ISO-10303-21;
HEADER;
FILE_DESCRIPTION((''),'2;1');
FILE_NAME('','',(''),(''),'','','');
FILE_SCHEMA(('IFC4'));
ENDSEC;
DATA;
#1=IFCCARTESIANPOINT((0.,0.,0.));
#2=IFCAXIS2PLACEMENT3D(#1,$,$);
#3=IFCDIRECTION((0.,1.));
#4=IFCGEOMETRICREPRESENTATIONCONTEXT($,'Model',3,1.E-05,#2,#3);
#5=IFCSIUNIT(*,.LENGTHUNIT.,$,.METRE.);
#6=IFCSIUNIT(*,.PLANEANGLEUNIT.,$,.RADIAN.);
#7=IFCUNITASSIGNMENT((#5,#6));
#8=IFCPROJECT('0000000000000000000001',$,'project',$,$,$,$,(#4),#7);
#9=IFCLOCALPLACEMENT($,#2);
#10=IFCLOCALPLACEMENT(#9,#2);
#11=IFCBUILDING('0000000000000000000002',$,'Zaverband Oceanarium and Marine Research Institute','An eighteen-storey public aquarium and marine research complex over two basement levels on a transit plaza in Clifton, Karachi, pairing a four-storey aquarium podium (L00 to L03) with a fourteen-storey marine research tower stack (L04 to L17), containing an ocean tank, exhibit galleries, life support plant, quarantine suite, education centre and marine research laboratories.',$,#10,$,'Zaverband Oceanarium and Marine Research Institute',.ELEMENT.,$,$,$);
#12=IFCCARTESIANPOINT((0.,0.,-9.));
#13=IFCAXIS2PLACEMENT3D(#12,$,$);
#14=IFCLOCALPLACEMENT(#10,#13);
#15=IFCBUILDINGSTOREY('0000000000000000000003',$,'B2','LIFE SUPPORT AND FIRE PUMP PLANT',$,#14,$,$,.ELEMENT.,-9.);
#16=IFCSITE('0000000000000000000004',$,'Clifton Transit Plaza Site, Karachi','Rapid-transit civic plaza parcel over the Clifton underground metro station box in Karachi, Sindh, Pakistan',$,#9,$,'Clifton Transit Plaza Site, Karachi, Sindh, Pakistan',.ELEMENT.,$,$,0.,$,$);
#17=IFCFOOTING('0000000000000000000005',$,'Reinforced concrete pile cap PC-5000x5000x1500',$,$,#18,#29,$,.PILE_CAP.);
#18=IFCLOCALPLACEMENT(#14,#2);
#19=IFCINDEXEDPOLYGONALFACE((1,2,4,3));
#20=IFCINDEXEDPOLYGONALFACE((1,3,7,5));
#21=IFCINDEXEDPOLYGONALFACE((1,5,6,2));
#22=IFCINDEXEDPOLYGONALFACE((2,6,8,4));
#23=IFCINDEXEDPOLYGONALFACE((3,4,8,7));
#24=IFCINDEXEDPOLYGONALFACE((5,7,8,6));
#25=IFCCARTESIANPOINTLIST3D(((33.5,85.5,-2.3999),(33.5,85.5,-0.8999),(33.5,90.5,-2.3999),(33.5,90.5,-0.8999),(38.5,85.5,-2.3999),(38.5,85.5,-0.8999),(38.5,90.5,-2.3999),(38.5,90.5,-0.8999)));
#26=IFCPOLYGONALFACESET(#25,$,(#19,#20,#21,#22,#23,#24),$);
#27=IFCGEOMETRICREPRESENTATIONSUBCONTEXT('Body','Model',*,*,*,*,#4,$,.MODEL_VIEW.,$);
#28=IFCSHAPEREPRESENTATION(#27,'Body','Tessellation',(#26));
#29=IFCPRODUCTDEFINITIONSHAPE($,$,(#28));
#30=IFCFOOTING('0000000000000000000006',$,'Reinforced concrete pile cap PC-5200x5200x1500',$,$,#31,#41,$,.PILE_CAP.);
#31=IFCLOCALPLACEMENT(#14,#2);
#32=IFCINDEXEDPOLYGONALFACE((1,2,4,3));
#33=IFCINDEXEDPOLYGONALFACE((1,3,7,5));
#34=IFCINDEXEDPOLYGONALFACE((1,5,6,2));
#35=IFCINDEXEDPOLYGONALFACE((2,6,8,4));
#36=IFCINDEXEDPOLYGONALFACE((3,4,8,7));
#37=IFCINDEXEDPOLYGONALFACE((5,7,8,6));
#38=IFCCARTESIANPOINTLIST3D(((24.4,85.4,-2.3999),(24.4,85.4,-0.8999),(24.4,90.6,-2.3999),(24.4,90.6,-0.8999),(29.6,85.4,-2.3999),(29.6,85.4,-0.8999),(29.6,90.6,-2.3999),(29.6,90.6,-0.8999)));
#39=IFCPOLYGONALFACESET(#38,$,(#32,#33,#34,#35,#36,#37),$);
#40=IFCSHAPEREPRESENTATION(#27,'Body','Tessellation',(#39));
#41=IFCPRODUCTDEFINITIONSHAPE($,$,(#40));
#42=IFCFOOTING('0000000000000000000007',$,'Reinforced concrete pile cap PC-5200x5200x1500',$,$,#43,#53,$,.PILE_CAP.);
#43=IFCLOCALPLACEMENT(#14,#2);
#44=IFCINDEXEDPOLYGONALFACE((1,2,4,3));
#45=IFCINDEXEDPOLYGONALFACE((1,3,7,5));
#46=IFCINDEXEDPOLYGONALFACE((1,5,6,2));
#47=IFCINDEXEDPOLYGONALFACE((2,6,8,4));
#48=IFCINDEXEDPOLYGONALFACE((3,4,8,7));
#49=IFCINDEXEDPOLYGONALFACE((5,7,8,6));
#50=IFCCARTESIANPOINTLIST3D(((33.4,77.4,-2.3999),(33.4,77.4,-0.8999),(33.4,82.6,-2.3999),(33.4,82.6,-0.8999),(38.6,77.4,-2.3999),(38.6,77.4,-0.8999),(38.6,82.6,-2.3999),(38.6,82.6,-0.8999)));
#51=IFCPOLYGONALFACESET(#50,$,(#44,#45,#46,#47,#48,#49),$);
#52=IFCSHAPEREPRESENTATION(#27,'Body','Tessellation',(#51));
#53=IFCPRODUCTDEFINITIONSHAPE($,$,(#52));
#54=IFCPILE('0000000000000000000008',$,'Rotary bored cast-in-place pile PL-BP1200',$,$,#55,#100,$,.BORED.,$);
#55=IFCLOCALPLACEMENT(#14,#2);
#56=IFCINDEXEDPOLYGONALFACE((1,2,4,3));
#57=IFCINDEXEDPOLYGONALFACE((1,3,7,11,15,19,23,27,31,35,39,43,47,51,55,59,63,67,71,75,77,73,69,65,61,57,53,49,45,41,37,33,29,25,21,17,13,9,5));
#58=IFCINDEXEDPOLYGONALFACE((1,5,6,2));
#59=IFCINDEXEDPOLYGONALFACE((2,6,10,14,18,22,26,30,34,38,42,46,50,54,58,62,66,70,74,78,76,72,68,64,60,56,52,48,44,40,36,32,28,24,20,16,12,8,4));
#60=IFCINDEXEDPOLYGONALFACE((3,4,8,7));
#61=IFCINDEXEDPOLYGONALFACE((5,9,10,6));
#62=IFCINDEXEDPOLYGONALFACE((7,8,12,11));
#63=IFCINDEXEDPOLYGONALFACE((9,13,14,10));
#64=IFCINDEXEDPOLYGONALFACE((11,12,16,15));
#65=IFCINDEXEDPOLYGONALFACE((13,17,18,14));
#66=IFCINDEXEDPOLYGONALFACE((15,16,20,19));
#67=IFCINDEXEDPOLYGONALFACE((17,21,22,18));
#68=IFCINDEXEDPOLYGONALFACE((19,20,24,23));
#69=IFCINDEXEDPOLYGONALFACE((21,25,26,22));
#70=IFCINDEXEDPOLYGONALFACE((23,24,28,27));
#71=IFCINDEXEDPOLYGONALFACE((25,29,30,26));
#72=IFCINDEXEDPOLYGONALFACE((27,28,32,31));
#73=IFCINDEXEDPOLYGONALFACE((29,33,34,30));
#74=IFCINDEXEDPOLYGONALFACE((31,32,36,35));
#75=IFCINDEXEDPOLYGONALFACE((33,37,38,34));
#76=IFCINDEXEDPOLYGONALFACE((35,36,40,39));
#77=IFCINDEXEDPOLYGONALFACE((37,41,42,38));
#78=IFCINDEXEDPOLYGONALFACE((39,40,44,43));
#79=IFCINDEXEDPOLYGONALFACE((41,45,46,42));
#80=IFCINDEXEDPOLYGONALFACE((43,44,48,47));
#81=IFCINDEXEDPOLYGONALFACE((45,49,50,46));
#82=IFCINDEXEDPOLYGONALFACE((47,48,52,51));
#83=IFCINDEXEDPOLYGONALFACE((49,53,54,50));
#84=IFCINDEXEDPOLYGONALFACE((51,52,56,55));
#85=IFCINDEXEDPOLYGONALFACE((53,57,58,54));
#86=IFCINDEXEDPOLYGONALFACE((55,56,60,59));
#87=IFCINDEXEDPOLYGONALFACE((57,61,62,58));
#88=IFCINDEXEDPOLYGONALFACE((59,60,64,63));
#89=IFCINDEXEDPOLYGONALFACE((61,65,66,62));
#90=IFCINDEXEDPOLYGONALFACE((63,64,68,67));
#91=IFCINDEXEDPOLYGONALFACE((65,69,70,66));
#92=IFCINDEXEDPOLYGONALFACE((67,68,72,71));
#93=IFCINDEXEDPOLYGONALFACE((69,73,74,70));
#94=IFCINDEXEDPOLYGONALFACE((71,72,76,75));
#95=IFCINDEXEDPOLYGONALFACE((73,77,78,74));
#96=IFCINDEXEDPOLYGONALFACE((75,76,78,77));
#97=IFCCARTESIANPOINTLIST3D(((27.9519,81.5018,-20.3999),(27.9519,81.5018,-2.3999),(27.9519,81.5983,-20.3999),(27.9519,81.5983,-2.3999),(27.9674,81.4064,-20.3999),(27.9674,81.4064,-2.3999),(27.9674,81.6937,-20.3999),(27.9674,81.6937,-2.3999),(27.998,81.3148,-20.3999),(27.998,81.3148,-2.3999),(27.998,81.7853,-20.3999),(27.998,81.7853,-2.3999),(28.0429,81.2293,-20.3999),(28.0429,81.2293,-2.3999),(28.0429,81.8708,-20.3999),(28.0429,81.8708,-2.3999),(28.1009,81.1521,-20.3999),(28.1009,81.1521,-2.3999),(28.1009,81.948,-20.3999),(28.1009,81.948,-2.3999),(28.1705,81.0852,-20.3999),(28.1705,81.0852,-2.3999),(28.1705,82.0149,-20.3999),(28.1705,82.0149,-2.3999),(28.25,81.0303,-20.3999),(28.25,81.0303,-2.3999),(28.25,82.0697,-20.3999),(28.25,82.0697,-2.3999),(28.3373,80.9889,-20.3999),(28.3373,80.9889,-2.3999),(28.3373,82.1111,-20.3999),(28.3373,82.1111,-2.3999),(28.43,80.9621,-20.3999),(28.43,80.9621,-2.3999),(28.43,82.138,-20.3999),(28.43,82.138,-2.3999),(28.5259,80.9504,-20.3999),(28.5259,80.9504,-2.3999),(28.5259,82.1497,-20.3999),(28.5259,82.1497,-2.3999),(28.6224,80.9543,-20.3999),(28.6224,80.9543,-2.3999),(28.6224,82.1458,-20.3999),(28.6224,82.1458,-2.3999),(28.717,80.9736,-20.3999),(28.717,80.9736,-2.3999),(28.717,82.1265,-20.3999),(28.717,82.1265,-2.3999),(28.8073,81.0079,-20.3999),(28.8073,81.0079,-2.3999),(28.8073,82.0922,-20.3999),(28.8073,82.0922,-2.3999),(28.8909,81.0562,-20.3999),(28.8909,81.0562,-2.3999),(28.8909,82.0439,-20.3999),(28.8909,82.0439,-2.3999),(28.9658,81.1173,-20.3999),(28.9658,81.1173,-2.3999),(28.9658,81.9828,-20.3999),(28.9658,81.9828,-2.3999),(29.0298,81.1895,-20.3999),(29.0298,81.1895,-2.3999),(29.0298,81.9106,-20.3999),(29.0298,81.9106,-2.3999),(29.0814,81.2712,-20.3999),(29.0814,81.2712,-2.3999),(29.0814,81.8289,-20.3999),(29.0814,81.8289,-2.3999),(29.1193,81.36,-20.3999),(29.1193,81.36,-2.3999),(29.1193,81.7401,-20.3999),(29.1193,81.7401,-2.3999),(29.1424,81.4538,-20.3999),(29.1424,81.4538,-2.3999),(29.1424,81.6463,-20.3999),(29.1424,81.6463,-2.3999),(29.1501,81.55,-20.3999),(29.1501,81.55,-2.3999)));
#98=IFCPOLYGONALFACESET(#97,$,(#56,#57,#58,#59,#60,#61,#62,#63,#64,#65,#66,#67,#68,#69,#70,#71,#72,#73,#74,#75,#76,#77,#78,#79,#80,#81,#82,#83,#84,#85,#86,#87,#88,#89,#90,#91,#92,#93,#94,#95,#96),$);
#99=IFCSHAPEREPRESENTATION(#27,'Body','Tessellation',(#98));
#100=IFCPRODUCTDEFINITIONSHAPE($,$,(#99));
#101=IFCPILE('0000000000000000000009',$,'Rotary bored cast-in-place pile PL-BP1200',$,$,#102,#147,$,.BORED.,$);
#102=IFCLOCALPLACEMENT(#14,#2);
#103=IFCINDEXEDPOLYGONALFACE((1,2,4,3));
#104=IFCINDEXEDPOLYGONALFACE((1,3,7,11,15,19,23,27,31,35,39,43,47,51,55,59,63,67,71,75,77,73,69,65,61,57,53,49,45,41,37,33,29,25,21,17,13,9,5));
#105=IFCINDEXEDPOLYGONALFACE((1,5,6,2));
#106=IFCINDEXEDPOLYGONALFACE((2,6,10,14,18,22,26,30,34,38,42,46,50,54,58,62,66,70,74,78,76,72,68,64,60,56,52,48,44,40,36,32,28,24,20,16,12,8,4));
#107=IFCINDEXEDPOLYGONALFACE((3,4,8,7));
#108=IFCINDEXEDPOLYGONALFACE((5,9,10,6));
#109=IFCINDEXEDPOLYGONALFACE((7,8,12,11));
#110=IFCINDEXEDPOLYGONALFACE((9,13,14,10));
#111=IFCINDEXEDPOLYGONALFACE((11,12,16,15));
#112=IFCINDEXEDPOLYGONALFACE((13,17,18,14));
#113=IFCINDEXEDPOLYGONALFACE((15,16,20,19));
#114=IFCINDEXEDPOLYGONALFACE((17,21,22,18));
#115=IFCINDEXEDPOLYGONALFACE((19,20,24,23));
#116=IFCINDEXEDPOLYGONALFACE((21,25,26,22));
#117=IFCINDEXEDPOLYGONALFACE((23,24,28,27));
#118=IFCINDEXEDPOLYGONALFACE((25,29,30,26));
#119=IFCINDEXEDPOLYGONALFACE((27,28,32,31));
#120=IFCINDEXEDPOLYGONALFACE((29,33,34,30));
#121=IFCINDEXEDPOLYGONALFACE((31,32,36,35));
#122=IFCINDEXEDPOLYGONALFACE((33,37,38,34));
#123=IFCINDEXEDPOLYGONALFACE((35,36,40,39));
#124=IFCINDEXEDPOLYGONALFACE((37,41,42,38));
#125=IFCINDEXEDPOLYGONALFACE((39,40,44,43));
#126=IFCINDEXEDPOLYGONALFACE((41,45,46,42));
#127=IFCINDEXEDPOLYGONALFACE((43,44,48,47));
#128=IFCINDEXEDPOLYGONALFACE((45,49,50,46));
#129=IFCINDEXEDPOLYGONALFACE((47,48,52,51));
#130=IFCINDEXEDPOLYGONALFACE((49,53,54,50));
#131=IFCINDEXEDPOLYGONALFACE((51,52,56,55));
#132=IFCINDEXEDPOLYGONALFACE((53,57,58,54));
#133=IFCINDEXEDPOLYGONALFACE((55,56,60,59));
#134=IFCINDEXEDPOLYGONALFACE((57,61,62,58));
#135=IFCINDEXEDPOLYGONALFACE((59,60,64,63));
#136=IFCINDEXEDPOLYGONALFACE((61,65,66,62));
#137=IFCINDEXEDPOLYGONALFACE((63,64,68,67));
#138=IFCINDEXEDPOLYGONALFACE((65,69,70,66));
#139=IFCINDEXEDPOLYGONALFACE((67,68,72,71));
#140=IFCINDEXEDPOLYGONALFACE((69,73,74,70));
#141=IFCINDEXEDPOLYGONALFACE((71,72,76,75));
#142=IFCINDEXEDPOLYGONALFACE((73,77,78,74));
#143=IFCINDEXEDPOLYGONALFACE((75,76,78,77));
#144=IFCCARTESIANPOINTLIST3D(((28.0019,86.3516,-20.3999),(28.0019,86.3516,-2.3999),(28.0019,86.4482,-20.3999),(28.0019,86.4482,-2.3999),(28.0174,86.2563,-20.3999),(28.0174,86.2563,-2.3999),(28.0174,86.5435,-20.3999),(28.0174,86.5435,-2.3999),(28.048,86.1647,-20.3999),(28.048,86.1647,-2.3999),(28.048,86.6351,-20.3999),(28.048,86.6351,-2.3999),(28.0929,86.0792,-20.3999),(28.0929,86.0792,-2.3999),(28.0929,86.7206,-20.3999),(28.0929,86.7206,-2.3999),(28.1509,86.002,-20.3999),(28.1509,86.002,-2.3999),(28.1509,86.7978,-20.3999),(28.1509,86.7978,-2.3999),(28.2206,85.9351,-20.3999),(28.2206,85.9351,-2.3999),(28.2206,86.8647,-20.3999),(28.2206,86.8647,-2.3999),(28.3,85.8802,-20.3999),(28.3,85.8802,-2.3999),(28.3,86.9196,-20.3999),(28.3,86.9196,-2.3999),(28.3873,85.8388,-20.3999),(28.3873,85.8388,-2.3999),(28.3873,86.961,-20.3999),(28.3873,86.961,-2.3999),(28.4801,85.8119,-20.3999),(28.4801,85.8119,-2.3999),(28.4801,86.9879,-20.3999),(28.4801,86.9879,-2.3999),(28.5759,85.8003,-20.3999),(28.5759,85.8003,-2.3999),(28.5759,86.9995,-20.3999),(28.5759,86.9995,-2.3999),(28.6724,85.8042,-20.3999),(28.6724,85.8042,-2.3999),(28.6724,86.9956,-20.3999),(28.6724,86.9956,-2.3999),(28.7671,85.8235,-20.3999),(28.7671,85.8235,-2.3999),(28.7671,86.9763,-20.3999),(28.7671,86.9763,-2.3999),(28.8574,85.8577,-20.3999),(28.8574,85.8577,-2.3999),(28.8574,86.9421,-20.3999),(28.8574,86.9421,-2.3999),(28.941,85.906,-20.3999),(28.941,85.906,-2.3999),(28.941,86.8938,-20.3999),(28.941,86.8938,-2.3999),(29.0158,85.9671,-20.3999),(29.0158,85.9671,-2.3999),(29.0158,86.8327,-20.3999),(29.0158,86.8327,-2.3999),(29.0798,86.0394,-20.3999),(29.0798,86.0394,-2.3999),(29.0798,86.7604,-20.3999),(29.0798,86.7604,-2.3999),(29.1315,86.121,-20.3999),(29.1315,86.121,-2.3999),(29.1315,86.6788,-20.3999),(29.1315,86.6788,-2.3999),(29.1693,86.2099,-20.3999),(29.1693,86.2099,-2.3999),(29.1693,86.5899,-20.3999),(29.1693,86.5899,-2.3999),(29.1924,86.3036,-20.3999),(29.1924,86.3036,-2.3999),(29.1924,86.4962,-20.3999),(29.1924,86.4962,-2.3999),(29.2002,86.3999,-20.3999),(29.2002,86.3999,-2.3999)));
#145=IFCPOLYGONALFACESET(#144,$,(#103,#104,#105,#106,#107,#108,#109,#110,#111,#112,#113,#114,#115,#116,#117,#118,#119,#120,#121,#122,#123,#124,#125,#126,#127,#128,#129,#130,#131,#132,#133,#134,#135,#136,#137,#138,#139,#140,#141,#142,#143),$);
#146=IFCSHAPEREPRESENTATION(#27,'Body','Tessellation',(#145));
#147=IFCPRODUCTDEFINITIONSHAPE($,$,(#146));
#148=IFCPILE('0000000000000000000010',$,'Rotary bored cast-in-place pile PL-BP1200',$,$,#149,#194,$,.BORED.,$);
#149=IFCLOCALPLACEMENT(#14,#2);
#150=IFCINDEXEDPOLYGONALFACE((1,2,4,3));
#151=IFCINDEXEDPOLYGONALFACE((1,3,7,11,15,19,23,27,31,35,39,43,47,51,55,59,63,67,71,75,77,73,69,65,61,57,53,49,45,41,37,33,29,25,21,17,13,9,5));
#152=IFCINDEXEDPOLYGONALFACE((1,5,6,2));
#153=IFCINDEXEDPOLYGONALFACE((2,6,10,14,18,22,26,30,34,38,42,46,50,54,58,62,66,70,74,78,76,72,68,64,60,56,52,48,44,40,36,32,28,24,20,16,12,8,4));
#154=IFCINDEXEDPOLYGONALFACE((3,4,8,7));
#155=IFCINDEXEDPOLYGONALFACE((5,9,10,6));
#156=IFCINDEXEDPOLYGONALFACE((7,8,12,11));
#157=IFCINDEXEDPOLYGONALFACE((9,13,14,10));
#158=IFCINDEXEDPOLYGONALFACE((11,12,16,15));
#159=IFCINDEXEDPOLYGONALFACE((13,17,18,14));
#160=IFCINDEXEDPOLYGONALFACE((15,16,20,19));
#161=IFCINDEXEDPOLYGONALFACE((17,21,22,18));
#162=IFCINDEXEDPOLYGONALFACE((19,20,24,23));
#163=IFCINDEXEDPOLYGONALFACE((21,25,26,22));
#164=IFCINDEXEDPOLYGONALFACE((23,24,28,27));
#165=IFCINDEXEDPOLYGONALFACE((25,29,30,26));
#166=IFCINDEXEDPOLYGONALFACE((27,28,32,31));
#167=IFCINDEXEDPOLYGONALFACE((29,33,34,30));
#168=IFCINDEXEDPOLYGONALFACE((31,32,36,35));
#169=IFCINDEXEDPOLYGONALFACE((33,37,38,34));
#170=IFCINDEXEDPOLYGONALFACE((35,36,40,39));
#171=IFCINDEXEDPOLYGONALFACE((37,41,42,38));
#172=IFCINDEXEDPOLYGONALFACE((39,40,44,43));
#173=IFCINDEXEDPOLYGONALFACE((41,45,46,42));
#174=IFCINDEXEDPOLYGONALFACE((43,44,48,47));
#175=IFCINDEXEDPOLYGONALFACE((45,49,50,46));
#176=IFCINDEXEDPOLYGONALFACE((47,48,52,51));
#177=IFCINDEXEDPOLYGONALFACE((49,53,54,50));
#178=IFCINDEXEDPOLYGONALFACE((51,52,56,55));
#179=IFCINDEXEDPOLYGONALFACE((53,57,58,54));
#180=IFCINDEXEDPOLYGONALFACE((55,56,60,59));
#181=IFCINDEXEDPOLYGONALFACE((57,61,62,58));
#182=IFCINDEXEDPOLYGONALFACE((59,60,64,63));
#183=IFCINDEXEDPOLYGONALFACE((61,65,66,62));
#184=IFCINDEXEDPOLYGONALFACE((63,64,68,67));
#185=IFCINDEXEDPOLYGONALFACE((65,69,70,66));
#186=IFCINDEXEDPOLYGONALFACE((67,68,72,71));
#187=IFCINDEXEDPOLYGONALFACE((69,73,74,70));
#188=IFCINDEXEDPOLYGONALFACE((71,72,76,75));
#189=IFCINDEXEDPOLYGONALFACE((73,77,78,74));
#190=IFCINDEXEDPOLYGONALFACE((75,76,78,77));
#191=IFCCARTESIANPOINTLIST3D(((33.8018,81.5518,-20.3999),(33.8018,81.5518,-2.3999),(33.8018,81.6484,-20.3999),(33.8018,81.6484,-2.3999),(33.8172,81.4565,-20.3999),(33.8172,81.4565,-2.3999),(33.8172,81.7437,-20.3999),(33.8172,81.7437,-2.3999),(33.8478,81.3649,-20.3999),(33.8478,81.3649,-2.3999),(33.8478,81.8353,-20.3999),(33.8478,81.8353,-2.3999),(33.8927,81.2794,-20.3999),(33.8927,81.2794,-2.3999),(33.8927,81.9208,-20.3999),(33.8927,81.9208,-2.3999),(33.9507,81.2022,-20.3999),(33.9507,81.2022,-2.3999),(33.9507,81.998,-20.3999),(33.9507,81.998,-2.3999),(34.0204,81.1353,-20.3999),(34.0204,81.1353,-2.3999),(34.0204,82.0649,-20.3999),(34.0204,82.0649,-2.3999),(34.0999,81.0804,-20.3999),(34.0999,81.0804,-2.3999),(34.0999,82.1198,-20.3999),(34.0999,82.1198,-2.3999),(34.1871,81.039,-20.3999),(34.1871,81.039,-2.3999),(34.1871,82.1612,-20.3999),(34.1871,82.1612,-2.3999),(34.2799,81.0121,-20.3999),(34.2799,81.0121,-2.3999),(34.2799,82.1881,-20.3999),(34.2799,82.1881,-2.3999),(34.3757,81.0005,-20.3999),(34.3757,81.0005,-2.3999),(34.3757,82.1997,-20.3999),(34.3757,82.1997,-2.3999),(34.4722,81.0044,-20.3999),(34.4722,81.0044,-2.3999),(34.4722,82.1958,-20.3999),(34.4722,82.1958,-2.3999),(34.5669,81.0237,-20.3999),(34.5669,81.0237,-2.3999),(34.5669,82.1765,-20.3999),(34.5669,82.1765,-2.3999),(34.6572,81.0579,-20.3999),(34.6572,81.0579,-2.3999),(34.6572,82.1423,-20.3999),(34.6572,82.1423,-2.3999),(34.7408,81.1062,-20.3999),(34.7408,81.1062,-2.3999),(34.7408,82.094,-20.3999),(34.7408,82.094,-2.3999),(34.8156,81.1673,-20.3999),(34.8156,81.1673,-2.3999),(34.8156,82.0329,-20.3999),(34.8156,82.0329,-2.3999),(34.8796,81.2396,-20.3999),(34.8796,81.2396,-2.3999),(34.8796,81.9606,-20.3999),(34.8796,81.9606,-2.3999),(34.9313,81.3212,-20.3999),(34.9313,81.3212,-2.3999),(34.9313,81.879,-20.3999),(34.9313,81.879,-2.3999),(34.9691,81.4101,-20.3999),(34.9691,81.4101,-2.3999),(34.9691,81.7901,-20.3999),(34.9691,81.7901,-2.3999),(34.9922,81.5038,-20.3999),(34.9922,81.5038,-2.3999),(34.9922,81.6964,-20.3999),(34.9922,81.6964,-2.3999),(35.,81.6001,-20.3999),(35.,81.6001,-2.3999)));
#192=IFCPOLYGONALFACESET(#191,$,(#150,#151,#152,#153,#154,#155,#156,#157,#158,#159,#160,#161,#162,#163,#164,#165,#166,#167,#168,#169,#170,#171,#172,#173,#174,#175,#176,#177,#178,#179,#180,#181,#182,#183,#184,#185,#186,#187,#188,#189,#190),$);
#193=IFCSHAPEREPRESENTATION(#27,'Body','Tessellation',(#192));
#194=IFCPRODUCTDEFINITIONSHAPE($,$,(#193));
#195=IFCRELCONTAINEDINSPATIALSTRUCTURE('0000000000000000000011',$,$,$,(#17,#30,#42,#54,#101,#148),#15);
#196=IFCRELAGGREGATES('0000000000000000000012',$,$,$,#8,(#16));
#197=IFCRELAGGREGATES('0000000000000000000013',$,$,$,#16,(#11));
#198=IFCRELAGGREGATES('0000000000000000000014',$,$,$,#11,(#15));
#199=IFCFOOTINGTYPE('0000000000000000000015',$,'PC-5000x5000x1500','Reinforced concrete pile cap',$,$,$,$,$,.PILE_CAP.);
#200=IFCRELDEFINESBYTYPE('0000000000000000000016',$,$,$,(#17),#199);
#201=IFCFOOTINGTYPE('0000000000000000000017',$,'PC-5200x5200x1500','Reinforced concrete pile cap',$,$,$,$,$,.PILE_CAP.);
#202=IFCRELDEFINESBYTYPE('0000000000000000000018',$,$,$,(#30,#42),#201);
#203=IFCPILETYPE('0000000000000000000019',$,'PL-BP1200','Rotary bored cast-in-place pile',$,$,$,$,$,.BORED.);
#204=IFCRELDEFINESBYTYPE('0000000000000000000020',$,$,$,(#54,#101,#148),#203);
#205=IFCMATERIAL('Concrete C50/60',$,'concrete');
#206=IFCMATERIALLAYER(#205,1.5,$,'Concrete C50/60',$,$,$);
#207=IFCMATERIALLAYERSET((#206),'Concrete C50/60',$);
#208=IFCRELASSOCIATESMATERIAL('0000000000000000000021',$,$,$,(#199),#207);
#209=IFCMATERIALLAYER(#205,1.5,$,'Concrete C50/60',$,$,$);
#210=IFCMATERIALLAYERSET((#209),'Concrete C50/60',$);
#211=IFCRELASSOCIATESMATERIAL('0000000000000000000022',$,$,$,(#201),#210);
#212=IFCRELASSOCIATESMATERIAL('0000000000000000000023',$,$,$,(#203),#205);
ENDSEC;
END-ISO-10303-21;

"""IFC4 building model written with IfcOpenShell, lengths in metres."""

from ifc_helpers import new_model, si_unit, direction, frame, origin, origin_2d, place, context, subcontext, project, spatial, rectangle, circle, extrude, material, layer, layer_set, material_profile, profile_set, type_object, element, save


model = new_model("IFC4")

# Units and contexts
model_context = context("Model", 3, precision=1e-05, world=origin(), true_north=direction((0.0, 1.0)))
body_context = subcontext(model_context, "Body", "Model", "MODEL_VIEW")
ifc_project = project(units=[si_unit("LENGTHUNIT", "METRE"), si_unit("PLANEANGLEUNIT", "RADIAN")], contexts=[model_context])

# Site, building, storey
site_placement = place(None, origin())
site = spatial("IfcSite", under=ifc_project, at=site_placement, Name="Clifton Transit Plaza Site, Karachi", Description="Rapid-transit civic plaza parcel over the Clifton underground metro station box in Karachi, Sindh, Pakistan", LongName="Clifton Transit Plaza Site, Karachi, Sindh, Pakistan", CompositionType="ELEMENT", RefElevation=0.0)
building_placement = place(site_placement, origin())
building = spatial("IfcBuilding", under=site, at=building_placement, Name="Zaverband Oceanarium and Marine Research Institute", Description="An eighteen-storey public aquarium and marine research complex over two basement levels on a transit plaza in Clifton, Karachi, pairing a four-storey aquarium podium (L00 to L03) with a fourteen-storey marine research tower stack (L04 to L17), containing an ocean tank, exhibit galleries, life support plant, quarantine suite, education centre and marine research laboratories.", LongName="Zaverband Oceanarium and Marine Research Institute", CompositionType="ELEMENT")
storey_placement = place(building_placement, frame((0.0, 0.0, -9.0)))
storey = spatial("IfcBuildingStorey", under=building, at=storey_placement, Name="B2", Description="LIFE SUPPORT AND FIRE PUMP PLANT", CompositionType="ELEMENT", Elevation=-9.0)

# Footings
ifc_material_1 = material(Name="Concrete C50/60", Category="concrete")
ifc_layer_1 = layer(ifc_material_1, 1.5, Name="Concrete C50/60")
ifc_layer_set_1 = layer_set([ifc_layer_1], Name="Concrete C50/60")
footing_type_1 = type_object("IfcFootingType", Name="PC-5000x5000x1500", Description="Reinforced concrete pile cap", PredefinedType="PILE_CAP", material=ifc_layer_set_1)
footing_placement = place(storey_placement, frame((36.0, 88.0, -2.3999), z_axis=(0.0, 0.0, 1.0), x_axis=(1.0, 0.0, 0.0)))
element("IfcFooting", 1, at=footing_placement, inside=storey, type_object=footing_type_1, Name="Reinforced concrete pile cap PC-5000x5000x1500", PredefinedType="PILE_CAP", context=body_context, shape_type="SweptSolid", body=[
    extrude(rectangle(XDim=5.0, YDim=5.0, at=origin_2d()), origin(), (0.0, 0.0, 1.0), 1.5),
])
ifc_layer_2 = layer(ifc_material_1, 1.5, Name="Concrete C50/60")
ifc_layer_set_2 = layer_set([ifc_layer_2], Name="Concrete C50/60")
footing_type_2 = type_object("IfcFootingType", Name="PC-5200x5200x1500", Description="Reinforced concrete pile cap", PredefinedType="PILE_CAP", material=ifc_layer_set_2)
for number, where, z_axis, x_axis, name in (
    (2, (27.0, 88.0, -2.3999), (0.0, 0.0, 1.0), (1.0, 0.0, 0.0), "Reinforced concrete pile cap PC-5200x5200x1500"),
    (3, (36.0, 80.0, -2.3999), (0.0, 0.0, 1.0), (1.0, 0.0, 0.0), "Reinforced concrete pile cap PC-5200x5200x1500"),
):
    element("IfcFooting", number, at=place(storey_placement, frame(where, z_axis=z_axis, x_axis=x_axis)), inside=storey, type_object=footing_type_2, Name=name, PredefinedType="PILE_CAP", context=body_context, shape_type="SweptSolid", body=[
        extrude(rectangle(XDim=5.2, YDim=5.2, at=origin_2d()), origin(), (0.0, 0.0, 1.0), 1.5),
    ])

# Piles
ifc_material_profile_1 = material_profile(ifc_material_1, circle(Radius=0.6001, at=origin_2d()), Name="BP1200")
ifc_profile_set_1 = profile_set([ifc_material_profile_1], Name="Concrete C50/60")
pile_type = type_object("IfcPileType", Name="PL-BP1200", Description="Rotary bored cast-in-place pile", PredefinedType="BORED", material=ifc_profile_set_1)
for number, where, z_axis, x_axis, name in (
    (4, (28.55, 81.55, -2.3999), (0.0, 0.0, -1.0), (1.0, 0.0, 0.0), "Rotary bored cast-in-place pile PL-BP1200"),
    (5, (28.6001, 86.3999, -2.3999), (0.0, 0.0, -1.0), (1.0, 0.0, 0.0), "Rotary bored cast-in-place pile PL-BP1200"),
    (6, (34.3999, 81.6001, -2.3999), (0.0, 0.0, -1.0), (1.0, 0.0, 0.0), "Rotary bored cast-in-place pile PL-BP1200"),
):
    element("IfcPile", number, at=place(storey_placement, frame(where, z_axis=z_axis, x_axis=x_axis)), inside=storey, type_object=pile_type, Name=name, PredefinedType="BORED", context=body_context, shape_type="SweptSolid", body=[
        extrude(circle(Radius=0.6001, at=origin_2d()), origin(), (0.0, 0.0, 1.0), 18.0),
    ])

save(model, "model.ifc")
